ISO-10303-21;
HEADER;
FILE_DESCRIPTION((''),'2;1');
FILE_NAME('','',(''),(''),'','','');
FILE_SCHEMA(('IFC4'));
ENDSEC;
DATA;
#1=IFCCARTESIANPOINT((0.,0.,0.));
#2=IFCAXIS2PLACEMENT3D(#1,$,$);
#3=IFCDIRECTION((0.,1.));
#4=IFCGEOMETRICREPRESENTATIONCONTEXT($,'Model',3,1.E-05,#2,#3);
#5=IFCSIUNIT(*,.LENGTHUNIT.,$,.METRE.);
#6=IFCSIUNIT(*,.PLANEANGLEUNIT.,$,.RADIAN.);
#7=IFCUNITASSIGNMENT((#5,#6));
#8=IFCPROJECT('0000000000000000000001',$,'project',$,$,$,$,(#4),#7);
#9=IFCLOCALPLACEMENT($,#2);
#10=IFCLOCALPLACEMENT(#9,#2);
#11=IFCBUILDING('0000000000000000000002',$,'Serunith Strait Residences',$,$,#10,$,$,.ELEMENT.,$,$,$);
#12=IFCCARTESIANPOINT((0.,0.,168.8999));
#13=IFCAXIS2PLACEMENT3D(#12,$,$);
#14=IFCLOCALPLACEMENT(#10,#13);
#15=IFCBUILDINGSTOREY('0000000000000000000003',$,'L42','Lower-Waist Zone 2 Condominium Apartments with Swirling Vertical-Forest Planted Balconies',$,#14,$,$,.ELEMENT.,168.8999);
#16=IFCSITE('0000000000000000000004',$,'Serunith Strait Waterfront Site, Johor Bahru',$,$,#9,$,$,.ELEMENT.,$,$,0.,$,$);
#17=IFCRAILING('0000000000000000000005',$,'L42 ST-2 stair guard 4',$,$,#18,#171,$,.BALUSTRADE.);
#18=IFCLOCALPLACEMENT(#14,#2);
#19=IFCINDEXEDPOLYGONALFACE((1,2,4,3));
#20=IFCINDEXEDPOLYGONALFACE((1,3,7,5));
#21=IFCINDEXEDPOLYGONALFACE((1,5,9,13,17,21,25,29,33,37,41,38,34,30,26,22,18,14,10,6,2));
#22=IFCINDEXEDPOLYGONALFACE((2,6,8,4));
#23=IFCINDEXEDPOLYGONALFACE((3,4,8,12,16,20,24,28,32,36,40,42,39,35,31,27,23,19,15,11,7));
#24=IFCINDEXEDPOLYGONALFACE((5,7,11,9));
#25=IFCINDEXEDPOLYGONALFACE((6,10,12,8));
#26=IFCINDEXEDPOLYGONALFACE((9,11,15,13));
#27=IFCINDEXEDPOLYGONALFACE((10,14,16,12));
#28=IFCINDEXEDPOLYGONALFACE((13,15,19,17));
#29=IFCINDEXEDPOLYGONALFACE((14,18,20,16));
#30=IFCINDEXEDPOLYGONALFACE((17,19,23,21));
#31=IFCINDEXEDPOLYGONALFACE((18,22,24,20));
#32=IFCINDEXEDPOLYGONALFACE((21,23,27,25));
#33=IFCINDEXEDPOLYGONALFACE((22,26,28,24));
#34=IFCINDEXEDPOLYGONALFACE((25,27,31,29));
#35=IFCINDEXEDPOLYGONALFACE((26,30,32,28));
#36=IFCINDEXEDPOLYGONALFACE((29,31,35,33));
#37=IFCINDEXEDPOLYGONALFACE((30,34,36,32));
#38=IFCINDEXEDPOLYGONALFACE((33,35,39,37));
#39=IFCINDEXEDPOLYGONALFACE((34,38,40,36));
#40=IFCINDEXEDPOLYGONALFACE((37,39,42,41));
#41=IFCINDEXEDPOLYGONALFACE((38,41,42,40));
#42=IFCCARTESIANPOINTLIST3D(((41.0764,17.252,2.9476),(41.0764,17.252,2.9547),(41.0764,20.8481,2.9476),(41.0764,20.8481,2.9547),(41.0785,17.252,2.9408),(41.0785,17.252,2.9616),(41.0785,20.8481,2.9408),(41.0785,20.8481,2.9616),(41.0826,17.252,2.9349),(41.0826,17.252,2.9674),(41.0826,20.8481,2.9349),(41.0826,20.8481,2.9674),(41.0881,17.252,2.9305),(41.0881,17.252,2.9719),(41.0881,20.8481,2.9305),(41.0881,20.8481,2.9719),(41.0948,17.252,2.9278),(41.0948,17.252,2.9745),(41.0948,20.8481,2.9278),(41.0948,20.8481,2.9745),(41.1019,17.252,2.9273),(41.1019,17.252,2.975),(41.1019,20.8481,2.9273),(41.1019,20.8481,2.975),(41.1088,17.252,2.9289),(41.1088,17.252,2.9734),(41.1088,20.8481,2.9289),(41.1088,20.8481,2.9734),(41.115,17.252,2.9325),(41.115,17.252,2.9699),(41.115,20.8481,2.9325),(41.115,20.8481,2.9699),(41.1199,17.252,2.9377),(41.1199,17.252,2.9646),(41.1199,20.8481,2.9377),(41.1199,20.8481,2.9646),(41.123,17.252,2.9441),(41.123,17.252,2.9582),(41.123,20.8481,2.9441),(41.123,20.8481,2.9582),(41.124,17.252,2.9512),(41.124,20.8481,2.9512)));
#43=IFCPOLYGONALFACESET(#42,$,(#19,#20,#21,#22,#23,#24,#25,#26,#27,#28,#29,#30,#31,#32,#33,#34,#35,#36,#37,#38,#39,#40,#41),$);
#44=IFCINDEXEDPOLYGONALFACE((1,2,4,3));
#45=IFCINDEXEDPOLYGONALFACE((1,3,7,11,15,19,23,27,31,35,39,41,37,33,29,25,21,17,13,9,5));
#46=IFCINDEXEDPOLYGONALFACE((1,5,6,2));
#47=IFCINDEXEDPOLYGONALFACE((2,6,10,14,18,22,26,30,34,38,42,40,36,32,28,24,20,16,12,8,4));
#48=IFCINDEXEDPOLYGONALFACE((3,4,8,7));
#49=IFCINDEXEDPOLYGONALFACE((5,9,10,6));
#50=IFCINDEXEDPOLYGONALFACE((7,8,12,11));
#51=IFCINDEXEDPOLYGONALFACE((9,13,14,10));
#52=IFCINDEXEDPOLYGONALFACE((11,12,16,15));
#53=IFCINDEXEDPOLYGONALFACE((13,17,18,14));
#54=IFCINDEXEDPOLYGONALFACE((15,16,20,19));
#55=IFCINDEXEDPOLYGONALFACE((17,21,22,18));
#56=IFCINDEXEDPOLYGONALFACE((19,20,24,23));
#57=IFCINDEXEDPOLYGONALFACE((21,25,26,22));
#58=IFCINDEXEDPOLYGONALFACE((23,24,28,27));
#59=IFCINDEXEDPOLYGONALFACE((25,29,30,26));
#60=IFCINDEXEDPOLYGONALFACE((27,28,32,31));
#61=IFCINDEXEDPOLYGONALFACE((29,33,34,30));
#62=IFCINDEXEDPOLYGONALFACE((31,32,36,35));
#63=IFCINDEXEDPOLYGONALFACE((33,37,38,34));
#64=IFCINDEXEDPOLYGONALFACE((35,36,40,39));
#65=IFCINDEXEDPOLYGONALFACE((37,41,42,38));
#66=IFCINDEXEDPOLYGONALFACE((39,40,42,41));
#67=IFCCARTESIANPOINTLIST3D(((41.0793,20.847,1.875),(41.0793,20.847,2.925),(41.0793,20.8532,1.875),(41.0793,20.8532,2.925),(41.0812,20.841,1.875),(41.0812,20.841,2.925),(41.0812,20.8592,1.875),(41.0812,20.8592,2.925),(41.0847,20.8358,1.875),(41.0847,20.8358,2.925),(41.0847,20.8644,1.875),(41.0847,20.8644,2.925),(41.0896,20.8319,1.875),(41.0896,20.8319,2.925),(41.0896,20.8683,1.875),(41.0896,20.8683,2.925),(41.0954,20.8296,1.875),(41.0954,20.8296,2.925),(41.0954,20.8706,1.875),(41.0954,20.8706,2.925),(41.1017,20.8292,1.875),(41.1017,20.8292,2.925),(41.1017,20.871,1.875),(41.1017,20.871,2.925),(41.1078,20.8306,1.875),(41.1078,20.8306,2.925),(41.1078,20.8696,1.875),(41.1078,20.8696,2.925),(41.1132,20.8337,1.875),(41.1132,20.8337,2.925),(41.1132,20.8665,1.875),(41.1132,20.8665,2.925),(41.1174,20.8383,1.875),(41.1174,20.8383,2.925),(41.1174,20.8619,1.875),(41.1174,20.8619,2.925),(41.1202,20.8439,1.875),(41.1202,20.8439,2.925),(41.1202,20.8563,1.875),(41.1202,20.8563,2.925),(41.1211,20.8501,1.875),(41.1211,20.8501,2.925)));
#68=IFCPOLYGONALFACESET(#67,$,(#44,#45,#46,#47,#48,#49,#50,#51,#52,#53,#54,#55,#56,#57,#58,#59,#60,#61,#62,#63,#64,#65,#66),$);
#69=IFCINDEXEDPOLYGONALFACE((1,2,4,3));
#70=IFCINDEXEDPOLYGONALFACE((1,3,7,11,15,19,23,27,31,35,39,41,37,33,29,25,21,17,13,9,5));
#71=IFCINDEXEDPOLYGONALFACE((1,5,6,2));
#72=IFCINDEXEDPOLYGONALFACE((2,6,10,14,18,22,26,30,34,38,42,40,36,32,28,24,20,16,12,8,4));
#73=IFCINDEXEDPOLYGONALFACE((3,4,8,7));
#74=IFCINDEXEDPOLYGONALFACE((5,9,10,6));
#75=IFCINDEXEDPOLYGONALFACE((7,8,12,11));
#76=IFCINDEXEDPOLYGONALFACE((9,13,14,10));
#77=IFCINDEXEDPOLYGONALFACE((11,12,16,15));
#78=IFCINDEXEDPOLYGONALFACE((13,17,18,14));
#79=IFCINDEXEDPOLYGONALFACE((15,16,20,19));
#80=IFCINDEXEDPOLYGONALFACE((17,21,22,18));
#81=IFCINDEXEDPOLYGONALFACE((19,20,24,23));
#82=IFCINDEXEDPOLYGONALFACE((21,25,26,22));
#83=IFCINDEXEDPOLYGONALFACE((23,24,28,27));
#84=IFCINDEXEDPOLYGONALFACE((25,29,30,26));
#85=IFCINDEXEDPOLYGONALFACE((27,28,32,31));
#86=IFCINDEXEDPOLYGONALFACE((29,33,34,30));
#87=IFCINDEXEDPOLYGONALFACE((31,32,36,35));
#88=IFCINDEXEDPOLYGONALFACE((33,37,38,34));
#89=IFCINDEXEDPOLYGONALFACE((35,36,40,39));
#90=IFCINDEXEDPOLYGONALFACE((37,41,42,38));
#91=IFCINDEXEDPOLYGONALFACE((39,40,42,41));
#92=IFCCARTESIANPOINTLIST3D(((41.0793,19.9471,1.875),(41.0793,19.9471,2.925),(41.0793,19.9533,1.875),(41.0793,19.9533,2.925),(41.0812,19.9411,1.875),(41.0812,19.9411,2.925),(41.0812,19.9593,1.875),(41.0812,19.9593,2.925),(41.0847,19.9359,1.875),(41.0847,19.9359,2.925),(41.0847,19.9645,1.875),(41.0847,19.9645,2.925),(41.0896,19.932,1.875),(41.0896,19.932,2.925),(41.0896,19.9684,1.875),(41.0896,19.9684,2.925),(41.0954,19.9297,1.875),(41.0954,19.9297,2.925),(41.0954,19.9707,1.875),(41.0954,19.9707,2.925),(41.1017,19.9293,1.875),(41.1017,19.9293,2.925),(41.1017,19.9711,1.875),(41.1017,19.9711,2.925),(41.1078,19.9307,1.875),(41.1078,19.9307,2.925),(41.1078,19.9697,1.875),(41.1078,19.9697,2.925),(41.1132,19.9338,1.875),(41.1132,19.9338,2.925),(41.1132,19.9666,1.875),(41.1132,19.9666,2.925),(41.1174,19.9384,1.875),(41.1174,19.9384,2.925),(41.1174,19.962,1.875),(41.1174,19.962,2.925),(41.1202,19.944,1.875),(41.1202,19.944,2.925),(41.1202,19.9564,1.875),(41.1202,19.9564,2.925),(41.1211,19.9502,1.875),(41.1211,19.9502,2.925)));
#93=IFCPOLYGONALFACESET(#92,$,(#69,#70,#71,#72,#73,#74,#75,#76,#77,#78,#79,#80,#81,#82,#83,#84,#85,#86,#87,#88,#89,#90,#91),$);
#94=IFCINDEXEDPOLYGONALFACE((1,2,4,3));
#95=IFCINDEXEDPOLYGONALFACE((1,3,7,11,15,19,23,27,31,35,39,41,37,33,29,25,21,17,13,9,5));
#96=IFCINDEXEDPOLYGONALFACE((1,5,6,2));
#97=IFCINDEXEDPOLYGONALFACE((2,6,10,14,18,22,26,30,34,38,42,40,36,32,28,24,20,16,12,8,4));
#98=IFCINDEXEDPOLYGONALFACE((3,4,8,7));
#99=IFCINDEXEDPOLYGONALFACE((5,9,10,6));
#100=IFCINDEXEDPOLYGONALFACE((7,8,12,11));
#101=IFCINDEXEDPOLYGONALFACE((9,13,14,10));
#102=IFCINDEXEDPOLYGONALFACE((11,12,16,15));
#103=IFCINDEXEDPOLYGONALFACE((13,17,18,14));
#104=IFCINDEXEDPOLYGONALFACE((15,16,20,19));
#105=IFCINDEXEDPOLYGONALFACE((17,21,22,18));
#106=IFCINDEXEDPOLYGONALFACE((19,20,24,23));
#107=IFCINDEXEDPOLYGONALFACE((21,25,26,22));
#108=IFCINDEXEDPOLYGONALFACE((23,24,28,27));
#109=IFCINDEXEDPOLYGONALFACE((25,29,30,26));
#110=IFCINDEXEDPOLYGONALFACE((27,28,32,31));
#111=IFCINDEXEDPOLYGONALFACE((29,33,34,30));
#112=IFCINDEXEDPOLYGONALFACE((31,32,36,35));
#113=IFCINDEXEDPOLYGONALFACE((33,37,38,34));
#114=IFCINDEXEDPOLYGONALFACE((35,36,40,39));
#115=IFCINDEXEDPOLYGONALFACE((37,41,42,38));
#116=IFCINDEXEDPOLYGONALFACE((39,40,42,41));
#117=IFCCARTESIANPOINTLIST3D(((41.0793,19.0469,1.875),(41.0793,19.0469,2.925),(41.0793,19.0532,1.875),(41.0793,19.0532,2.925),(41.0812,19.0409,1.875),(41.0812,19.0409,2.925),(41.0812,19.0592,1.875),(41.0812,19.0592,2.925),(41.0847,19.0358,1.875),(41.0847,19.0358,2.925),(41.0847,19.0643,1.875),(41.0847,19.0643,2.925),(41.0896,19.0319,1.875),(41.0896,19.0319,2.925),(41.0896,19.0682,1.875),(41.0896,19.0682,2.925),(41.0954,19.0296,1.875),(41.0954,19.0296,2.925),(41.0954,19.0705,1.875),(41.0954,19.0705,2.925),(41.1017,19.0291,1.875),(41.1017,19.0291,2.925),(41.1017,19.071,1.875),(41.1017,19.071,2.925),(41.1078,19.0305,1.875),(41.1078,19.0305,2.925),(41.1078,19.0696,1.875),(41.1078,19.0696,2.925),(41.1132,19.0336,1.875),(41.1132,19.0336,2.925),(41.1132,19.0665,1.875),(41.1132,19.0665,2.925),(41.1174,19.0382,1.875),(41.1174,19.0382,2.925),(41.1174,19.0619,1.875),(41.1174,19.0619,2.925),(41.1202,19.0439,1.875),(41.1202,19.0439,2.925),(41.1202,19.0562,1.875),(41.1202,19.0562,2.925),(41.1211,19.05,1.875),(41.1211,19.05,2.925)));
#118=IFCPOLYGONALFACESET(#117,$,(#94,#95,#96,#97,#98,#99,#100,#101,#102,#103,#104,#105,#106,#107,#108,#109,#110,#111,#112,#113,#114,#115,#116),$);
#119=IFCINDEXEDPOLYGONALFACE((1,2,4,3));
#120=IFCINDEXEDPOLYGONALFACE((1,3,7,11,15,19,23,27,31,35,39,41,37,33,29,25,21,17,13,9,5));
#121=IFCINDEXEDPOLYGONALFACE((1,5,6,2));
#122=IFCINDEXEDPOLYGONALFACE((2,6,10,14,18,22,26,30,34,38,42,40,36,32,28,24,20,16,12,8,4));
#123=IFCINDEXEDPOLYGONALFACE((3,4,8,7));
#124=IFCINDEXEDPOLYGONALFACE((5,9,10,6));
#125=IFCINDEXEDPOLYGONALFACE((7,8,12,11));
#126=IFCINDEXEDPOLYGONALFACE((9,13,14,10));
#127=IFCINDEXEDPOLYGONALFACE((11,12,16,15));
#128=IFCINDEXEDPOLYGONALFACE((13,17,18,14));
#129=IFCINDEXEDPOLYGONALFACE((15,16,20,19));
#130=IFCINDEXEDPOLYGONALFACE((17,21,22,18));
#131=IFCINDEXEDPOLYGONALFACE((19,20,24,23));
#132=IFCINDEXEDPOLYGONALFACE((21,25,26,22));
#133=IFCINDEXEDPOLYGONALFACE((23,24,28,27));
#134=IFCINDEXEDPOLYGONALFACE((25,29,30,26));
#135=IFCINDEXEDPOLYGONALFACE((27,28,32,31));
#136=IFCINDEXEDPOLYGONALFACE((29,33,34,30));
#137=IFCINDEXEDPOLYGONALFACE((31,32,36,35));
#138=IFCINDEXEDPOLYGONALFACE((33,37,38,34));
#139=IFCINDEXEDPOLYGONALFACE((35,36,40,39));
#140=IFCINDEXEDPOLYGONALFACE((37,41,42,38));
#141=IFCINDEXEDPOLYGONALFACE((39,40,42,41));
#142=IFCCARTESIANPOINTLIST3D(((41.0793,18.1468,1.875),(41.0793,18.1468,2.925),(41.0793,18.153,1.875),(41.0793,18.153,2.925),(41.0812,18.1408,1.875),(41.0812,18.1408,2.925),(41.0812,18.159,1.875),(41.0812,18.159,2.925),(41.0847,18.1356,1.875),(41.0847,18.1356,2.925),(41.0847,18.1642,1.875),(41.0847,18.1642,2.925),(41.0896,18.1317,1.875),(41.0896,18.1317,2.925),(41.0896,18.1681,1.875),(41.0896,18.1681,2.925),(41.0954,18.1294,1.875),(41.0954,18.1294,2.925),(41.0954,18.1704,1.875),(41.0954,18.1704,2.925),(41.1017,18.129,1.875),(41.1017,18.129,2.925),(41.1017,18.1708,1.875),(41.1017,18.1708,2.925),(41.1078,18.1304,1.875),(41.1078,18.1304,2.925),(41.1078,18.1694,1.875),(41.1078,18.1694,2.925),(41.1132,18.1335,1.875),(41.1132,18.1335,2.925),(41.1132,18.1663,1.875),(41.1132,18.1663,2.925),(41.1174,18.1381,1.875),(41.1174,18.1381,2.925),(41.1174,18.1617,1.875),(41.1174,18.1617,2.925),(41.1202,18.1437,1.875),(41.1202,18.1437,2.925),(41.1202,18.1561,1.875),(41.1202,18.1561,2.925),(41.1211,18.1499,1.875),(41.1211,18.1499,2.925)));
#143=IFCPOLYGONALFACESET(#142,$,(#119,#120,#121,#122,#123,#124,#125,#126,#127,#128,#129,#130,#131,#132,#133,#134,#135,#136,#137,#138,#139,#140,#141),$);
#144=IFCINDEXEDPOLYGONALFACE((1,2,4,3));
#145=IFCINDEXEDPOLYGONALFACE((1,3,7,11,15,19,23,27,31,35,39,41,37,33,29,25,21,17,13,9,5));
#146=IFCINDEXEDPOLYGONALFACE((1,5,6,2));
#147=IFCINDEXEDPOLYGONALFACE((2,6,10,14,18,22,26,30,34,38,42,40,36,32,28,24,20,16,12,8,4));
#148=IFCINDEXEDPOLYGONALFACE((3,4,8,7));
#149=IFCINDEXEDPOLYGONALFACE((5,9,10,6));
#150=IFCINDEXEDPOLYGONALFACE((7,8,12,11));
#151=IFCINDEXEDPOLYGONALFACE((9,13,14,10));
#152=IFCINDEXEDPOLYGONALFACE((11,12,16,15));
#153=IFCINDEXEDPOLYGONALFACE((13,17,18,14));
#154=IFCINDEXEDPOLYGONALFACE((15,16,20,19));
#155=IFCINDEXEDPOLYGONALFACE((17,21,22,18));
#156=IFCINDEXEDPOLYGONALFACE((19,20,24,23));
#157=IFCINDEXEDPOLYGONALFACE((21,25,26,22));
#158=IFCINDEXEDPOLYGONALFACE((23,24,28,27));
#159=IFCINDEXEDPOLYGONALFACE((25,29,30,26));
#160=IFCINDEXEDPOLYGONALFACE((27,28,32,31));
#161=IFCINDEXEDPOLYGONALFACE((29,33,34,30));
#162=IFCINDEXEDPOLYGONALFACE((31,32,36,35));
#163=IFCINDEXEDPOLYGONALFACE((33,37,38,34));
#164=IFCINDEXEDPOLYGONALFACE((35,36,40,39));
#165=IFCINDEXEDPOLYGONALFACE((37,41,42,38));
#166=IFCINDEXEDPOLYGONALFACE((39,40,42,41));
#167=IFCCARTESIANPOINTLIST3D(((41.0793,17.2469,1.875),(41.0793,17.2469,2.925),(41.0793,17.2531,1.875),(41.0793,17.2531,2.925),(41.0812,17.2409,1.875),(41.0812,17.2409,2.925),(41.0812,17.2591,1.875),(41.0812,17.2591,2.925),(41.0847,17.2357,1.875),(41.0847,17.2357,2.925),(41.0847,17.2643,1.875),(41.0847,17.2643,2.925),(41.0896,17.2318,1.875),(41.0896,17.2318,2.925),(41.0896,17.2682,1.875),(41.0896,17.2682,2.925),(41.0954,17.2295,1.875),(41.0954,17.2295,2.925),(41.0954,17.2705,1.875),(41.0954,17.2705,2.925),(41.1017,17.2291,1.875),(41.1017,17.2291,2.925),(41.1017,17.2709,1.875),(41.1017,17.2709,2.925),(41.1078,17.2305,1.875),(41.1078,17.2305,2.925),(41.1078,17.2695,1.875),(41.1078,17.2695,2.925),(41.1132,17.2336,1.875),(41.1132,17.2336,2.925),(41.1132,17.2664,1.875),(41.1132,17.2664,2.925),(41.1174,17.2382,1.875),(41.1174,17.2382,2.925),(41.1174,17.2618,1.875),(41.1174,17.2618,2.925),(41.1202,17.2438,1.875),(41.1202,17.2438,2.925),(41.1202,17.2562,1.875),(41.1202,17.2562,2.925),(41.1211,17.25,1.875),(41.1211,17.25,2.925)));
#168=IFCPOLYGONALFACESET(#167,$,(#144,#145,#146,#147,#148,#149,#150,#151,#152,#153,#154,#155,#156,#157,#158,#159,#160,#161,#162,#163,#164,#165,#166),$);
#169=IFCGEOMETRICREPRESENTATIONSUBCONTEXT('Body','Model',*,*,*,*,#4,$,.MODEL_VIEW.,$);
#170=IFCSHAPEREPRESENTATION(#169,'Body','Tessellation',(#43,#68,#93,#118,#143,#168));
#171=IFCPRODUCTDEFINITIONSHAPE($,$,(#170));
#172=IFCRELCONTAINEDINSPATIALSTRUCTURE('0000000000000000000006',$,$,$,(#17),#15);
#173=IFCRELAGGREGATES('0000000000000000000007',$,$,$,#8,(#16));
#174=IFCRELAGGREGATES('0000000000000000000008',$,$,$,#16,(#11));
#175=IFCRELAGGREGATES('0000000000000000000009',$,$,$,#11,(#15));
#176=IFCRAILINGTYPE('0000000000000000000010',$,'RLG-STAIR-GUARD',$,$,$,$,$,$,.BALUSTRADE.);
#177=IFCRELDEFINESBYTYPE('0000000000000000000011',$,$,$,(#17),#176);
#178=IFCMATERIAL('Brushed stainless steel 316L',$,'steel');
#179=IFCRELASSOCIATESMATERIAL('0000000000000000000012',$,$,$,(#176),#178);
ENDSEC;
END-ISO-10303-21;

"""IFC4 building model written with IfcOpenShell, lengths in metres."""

from ifc_helpers import new_model, si_unit, direction, frame, origin, origin_2d, place, context, subcontext, project, spatial, circle, extrude, material, type_object, element, save


model = new_model("IFC4")

# Units and contexts
model_context = context("Model", 3, precision=1e-05, world=origin(), true_north=direction((0.0, 1.0)))
body_context = subcontext(model_context, "Body", "Model", "MODEL_VIEW")
ifc_project = project(units=[si_unit("LENGTHUNIT", "METRE"), si_unit("PLANEANGLEUNIT", "RADIAN")], contexts=[model_context])

# Site, building, storey
site_placement = place(None, origin())
site = spatial("IfcSite", under=ifc_project, at=site_placement, Name="Serunith Strait Waterfront Site, Johor Bahru", CompositionType="ELEMENT", RefElevation=0.0)
building_placement = place(site_placement, origin())
building = spatial("IfcBuilding", under=site, at=building_placement, Name="Serunith Strait Residences", CompositionType="ELEMENT")
storey_placement = place(building_placement, frame((0.0, 0.0, 168.8999)))
storey = spatial("IfcBuildingStorey", under=building, at=storey_placement, Name="L42", Description="Lower-Waist Zone 2 Condominium Apartments with Swirling Vertical-Forest Planted Balconies", CompositionType="ELEMENT", Elevation=168.8999)

# Railing
ifc_material_1 = material(Name="Brushed stainless steel 316L", Category="steel")
railing_type_1 = type_object("IfcRailingType", Name="RLG-STAIR-GUARD", PredefinedType="BALUSTRADE", material=ifc_material_1)
for number, where, name in (
    (1, (41.1001, 20.8501, 1.875), "L42 ST-2 stair guard 4"),
):
    element("IfcRailing", number, at=place(storey_placement, frame(where)), inside=storey, type_object=railing_type_1, Name=name, PredefinedType="BALUSTRADE", context=body_context, shape_type="SweptSolid", body=[
        extrude(circle(Radius=0.0239, at=origin_2d()), frame((0.0, -0.002, 1.0762), z_axis=(0.0, -1.0, 0.0), x_axis=(1.0, 0.0, 0.0)), (0.0, 0.0, 1.0), 3.5962),
        extrude(circle(Radius=0.021, at=origin_2d()), origin(), (0.0, 0.0, 1.0), 1.05),
        extrude(circle(Radius=0.021, at=origin_2d()), frame((0.0, -0.8999, 0.0)), (0.0, 0.0, 1.0), 1.05),
        extrude(circle(Radius=0.021, at=origin_2d()), frame((0.0, -1.8, 0.0)), (0.0, 0.0, 1.0), 1.05),
        extrude(circle(Radius=0.021, at=origin_2d()), frame((0.0, -2.7002, 0.0)), (0.0, 0.0, 1.0), 1.05),
        extrude(circle(Radius=0.021, at=origin_2d()), frame((0.0, -3.6001, 0.0)), (0.0, 0.0, 1.0), 1.05),
    ])

save(model, "model.ifc")
